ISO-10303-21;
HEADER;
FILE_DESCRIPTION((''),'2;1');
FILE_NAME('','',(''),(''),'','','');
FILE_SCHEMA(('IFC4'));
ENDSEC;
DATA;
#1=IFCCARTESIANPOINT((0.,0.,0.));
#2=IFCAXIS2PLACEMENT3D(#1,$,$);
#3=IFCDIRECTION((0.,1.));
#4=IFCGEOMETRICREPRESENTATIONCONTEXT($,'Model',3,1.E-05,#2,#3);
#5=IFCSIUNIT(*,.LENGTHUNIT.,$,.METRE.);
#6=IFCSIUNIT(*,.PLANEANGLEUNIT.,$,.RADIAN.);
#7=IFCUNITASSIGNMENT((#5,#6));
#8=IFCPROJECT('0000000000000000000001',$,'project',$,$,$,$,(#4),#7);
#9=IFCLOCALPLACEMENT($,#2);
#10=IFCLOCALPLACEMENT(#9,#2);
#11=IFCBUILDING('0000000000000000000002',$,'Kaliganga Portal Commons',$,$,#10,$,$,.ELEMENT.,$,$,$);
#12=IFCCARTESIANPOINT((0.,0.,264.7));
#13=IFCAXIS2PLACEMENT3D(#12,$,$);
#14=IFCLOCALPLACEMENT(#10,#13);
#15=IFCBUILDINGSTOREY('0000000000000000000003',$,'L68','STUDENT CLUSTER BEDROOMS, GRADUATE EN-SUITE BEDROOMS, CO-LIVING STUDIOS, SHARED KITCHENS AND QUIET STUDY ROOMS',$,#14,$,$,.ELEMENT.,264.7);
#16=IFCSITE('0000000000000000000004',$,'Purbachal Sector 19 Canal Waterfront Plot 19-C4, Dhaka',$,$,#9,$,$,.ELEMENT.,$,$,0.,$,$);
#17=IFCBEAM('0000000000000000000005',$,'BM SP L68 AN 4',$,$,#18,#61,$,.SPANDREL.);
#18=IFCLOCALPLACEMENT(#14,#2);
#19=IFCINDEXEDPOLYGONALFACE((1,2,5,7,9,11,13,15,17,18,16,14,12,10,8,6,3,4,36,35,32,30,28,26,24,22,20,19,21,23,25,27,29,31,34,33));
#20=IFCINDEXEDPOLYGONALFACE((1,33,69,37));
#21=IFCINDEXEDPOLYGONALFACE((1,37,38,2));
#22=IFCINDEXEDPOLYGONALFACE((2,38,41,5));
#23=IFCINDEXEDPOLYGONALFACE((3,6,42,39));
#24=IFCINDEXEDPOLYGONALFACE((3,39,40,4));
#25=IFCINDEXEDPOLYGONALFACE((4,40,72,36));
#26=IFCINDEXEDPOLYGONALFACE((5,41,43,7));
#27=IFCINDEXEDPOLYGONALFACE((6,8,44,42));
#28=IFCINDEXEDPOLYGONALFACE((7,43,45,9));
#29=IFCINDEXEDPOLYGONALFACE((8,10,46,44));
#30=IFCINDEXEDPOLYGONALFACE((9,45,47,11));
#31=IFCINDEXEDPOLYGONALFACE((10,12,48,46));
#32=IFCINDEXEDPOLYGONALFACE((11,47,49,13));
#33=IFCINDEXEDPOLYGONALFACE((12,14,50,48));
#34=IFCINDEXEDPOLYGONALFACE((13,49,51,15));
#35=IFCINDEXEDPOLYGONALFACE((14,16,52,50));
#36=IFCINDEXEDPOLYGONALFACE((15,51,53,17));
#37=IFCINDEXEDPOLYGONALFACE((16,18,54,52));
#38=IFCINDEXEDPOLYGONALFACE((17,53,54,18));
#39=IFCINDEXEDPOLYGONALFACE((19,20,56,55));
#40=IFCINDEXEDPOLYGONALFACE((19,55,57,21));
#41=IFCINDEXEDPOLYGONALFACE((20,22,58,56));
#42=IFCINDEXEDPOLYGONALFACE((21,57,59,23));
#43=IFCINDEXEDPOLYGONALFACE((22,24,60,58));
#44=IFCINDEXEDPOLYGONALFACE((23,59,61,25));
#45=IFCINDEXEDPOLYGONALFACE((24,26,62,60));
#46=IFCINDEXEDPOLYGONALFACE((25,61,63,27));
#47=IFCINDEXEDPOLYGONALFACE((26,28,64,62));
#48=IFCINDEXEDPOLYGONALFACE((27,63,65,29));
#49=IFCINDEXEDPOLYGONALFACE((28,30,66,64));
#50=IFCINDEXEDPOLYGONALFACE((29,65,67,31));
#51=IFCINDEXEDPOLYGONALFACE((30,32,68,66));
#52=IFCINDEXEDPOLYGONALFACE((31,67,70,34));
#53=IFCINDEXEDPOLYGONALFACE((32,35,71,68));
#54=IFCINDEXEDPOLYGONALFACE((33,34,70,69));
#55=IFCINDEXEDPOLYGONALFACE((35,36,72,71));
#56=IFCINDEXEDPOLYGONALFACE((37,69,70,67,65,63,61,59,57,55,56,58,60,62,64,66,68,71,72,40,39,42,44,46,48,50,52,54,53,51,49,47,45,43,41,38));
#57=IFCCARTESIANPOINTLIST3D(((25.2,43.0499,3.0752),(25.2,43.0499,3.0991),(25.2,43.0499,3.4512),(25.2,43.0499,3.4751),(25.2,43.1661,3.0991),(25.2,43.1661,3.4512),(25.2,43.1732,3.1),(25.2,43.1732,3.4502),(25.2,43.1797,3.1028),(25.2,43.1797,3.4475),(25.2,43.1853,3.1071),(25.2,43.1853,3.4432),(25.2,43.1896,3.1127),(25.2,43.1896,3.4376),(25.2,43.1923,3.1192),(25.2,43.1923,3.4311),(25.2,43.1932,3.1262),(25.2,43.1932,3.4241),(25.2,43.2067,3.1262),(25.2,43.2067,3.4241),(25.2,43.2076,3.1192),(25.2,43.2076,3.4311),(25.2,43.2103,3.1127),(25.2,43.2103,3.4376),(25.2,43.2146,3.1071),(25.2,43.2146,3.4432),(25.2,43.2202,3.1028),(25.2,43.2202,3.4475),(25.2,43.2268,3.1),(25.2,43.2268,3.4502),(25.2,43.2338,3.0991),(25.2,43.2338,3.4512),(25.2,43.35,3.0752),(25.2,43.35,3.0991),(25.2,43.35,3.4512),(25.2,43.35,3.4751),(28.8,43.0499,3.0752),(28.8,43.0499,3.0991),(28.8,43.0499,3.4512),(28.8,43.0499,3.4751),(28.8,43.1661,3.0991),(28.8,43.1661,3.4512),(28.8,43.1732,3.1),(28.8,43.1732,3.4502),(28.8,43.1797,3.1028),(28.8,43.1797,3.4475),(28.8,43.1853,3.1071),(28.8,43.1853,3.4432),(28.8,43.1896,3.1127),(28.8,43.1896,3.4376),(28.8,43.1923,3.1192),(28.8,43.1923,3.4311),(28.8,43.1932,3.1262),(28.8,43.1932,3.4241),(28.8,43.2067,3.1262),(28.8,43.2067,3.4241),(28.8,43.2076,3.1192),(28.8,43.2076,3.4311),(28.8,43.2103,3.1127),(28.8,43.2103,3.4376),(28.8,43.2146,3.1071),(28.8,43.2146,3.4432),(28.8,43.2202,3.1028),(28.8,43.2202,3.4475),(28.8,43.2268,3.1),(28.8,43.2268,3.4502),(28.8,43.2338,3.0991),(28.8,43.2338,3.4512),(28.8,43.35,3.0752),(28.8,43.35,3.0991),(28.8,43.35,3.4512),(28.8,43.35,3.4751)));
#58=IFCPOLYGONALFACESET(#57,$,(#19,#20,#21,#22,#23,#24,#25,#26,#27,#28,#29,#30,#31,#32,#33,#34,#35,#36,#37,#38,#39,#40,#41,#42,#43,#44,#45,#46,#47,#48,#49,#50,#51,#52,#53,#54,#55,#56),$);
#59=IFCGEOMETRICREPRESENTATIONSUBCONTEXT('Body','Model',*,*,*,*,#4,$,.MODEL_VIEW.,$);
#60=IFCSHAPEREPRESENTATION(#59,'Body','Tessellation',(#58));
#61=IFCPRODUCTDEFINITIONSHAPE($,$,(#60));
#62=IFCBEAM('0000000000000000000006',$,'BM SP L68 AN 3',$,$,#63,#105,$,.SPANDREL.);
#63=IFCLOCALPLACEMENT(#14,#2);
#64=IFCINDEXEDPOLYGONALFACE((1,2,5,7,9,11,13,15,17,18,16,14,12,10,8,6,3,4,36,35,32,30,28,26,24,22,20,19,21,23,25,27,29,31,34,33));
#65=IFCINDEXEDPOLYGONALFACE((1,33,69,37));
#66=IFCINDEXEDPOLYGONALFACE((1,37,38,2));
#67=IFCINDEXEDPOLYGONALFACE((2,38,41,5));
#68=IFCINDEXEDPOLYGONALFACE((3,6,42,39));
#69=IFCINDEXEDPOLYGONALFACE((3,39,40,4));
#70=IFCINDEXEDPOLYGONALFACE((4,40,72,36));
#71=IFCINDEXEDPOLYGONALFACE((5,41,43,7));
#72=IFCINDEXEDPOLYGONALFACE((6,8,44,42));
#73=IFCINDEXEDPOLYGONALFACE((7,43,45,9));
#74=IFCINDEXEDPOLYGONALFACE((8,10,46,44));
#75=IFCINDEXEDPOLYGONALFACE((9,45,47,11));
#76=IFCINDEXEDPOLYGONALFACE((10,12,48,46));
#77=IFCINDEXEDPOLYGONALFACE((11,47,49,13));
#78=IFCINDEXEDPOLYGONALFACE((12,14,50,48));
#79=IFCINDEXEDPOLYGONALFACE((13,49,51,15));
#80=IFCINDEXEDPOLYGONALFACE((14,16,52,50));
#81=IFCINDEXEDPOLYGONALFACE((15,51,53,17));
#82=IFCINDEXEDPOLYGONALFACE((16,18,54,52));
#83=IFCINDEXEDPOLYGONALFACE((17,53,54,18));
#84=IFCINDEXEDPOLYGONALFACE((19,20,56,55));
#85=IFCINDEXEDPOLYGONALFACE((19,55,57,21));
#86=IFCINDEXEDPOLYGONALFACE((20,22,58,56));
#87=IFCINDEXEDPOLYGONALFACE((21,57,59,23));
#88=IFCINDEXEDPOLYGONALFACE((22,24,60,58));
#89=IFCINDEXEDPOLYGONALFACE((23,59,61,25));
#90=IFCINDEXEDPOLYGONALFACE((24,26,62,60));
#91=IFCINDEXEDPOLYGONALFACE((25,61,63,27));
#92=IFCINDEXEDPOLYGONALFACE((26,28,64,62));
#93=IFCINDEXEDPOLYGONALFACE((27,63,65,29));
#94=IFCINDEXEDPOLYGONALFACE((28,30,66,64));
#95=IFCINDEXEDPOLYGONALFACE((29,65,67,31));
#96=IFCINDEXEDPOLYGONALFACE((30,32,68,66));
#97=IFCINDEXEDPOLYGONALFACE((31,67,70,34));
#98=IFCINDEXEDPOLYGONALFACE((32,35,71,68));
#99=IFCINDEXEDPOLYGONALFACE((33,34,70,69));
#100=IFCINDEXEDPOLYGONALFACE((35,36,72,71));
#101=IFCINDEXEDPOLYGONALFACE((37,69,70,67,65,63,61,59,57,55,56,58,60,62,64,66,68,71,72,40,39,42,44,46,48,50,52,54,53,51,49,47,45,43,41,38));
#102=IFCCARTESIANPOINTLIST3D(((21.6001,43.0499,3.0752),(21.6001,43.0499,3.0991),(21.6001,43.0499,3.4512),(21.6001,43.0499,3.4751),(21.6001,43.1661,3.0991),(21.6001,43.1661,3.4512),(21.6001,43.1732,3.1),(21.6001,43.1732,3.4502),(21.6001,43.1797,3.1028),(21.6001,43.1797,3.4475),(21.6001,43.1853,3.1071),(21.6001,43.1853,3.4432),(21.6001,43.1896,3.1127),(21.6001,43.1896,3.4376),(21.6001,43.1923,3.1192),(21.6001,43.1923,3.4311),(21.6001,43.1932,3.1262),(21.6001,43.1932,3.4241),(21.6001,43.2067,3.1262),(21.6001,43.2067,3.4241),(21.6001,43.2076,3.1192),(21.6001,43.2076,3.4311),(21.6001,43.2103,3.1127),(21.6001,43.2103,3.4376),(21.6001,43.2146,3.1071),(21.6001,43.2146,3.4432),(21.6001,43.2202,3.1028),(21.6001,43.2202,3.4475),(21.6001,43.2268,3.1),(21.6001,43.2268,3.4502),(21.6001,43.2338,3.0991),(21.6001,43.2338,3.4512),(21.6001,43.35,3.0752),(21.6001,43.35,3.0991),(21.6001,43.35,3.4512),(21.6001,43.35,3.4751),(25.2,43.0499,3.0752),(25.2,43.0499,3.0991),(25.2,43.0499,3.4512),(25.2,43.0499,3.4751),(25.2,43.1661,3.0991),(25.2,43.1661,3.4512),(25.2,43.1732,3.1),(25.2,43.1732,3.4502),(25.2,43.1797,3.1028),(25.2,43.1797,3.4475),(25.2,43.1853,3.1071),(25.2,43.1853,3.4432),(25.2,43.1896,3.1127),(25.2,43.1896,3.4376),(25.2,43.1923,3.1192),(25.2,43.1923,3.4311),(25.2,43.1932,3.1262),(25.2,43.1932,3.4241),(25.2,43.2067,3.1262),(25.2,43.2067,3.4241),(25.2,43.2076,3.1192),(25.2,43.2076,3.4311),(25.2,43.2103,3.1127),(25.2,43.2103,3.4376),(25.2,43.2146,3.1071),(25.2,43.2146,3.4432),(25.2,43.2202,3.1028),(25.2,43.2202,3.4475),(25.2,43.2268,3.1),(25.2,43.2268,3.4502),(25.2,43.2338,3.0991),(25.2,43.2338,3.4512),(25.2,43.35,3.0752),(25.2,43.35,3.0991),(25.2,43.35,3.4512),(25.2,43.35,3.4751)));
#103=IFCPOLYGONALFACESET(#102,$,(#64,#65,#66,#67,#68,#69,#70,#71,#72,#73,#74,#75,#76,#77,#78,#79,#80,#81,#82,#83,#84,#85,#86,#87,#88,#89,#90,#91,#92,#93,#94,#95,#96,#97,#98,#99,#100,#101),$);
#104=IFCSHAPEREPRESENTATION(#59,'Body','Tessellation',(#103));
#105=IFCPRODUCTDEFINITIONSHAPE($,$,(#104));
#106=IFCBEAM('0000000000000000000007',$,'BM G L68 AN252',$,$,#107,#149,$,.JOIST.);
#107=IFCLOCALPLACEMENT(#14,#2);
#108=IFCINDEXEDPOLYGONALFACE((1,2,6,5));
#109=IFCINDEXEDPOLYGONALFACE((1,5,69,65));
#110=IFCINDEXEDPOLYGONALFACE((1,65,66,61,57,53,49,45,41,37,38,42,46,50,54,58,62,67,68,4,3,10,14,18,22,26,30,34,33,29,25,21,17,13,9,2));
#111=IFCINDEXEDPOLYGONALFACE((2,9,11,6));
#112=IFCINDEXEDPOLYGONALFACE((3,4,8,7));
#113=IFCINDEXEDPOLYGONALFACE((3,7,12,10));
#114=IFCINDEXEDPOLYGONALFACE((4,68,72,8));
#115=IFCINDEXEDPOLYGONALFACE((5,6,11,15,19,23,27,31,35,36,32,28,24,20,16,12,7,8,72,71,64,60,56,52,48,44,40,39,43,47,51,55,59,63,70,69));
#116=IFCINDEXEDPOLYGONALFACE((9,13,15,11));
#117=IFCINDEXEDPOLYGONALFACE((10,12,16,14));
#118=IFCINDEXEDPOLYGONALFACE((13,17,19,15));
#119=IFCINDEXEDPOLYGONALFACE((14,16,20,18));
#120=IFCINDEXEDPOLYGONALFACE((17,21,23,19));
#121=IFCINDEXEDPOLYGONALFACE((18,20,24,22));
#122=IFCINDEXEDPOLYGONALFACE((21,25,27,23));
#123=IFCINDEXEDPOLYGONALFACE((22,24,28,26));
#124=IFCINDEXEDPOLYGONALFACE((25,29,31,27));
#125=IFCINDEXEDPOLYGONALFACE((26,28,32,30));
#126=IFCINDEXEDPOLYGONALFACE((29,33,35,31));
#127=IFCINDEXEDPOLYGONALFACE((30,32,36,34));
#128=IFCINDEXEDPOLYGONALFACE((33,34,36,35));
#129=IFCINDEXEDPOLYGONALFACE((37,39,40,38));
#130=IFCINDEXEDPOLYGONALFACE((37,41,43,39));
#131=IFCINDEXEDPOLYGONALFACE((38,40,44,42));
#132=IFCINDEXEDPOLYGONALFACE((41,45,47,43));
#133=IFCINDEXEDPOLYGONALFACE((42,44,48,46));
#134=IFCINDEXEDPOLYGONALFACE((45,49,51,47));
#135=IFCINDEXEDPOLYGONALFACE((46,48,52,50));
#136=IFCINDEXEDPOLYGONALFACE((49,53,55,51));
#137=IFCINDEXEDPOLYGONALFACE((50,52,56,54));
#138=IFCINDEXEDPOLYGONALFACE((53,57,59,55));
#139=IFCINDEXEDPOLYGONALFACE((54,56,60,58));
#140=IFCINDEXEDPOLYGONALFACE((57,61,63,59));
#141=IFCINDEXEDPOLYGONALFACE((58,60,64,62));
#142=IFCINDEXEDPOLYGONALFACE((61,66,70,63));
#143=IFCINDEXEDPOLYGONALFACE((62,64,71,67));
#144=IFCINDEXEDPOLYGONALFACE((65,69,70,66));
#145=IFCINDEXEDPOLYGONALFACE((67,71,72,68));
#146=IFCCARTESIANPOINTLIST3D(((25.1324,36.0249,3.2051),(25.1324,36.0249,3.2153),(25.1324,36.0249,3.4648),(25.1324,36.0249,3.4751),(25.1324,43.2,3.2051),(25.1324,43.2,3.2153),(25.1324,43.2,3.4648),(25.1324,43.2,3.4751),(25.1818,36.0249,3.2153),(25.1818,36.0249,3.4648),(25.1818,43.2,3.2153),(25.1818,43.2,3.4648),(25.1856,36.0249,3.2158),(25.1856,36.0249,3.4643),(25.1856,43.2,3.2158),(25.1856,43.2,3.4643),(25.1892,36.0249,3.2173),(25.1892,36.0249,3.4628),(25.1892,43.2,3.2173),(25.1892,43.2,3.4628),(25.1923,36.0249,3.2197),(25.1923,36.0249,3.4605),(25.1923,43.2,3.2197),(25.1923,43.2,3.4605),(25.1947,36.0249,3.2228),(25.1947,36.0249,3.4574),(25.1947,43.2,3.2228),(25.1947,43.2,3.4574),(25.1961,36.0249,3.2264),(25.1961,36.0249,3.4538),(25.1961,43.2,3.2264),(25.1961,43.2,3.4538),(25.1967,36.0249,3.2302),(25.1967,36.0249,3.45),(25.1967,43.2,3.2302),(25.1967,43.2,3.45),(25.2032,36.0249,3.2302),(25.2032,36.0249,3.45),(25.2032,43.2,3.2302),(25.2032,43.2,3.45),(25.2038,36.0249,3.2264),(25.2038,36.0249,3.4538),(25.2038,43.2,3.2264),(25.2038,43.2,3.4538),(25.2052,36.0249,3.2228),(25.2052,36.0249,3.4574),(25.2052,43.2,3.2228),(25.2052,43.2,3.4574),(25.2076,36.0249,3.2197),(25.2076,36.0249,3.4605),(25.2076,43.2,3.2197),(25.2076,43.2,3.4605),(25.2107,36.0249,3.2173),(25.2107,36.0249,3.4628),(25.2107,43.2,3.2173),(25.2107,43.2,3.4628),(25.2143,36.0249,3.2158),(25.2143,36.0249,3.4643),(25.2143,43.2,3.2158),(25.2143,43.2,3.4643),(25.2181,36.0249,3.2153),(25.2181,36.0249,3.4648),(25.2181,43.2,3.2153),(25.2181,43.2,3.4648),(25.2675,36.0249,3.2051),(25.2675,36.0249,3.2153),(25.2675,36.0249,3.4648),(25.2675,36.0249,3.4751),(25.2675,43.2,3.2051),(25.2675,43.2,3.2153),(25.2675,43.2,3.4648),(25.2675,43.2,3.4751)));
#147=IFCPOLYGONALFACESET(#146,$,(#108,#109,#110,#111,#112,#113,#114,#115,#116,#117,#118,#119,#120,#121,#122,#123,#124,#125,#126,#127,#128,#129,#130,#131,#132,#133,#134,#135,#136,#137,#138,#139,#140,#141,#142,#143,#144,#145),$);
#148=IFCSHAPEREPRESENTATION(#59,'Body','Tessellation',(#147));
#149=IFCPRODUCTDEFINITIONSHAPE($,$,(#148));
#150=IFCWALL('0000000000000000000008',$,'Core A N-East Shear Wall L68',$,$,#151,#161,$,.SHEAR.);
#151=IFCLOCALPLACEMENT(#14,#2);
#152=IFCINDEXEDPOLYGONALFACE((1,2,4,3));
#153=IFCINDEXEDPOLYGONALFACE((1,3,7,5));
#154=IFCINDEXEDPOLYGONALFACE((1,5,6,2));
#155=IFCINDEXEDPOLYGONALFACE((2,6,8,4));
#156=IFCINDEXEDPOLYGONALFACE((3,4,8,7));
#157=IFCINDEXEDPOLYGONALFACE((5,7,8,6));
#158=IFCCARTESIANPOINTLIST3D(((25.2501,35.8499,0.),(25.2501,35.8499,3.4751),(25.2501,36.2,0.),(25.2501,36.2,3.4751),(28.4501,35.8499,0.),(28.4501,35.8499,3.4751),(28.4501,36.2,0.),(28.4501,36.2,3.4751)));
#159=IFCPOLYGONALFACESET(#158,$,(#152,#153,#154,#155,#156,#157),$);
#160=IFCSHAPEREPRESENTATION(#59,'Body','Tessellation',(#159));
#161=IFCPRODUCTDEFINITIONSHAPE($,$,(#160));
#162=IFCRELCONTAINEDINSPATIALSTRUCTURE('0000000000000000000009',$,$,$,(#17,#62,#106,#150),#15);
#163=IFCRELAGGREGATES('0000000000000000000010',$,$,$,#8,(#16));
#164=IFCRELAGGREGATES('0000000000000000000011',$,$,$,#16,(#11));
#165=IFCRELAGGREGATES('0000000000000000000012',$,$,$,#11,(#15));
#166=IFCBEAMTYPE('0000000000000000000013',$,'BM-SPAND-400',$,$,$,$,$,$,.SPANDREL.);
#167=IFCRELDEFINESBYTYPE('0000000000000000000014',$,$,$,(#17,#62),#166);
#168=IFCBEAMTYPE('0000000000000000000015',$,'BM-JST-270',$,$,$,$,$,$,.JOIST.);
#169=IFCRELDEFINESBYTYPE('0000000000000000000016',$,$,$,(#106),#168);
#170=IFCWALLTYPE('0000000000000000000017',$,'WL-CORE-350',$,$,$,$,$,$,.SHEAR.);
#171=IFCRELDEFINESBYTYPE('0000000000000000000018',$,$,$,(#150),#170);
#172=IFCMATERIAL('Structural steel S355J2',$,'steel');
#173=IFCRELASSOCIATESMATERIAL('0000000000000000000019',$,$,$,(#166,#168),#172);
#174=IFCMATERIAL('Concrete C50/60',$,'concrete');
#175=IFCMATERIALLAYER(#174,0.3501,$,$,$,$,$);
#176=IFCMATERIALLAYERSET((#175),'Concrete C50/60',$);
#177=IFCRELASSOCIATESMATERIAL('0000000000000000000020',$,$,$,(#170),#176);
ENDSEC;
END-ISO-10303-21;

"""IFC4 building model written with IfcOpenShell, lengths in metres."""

from ifc_helpers import new_model, si_unit, direction, frame, frame_2d, origin, origin_2d, place, context, subcontext, project, spatial, rectangle, i_section, extrude, source, transform, mapped, material, layer, layer_set, material_profile, profile_set, type_object, element, save


model = new_model("IFC4")

# Units and contexts
model_context = context("Model", 3, precision=1e-05, world=origin(), true_north=direction((0.0, 1.0)))
body_context = subcontext(model_context, "Body", "Model", "MODEL_VIEW")
ifc_project = project(units=[si_unit("LENGTHUNIT", "METRE"), si_unit("PLANEANGLEUNIT", "RADIAN")], contexts=[model_context])

# Site, building, storey
site_placement = place(None, origin())
site = spatial("IfcSite", under=ifc_project, at=site_placement, Name="Purbachal Sector 19 Canal Waterfront Plot 19-C4, Dhaka", CompositionType="ELEMENT", RefElevation=0.0)
building_placement = place(site_placement, origin())
building = spatial("IfcBuilding", under=site, at=building_placement, Name="Kaliganga Portal Commons", CompositionType="ELEMENT")
storey_placement = place(building_placement, frame((0.0, 0.0, 264.7)))
storey = spatial("IfcBuildingStorey", under=building, at=storey_placement, Name="L68", Description="STUDENT CLUSTER BEDROOMS, GRADUATE EN-SUITE BEDROOMS, CO-LIVING STUDIOS, SHARED KITCHENS AND QUIET STUDY ROOMS", CompositionType="ELEMENT", Elevation=264.7)

# Shared definitions
ifc_material_1 = material(Name="Concrete C50/60", Category="concrete")
ifc_material_2 = material(Name="Structural steel S355J2", Category="steel")

# Beams
ifc_material_profile_1 = material_profile(ifc_material_2, i_section(OverallWidth=0.3, OverallDepth=0.3999, WebThickness=0.0134, FlangeThickness=0.0239, FilletRadius=0.0271, at=origin_2d()), Name="HE 400 B")
ifc_profile_set_1 = profile_set([ifc_material_profile_1], Name="Structural steel S355J2 wide-flange")
beam_type_1 = type_object("IfcBeamType", Name="BM-SPAND-400", PredefinedType="SPANDREL", material=ifc_profile_set_1)
shared_shape_1 = source(origin(), body_context, "Body", "SweptSolid", [
    extrude(i_section(OverallWidth=0.3, OverallDepth=0.3999, WebThickness=0.0134, FlangeThickness=0.0239, FilletRadius=0.0271, at=origin_2d()), origin(), (0.0, 0.0, 1.0), 3.6001),
])
for number, where, z_axis, x_axis, name in (
    (1, (25.2, 43.2, 3.2751), (1.0, 0.0, 0.0), (0.0, 1.0, 0.0), "BM SP L68 AN 4"),
):
    element("IfcBeam", number, at=place(storey_placement, frame(where, z_axis=z_axis, x_axis=x_axis)), inside=storey, type_object=beam_type_1, Name=name, PredefinedType="SPANDREL", context=body_context, shape_type="MappedRepresentation", body=[
        mapped(shared_shape_1, transform((0.0, 0.0, 0.0), x_axis=(1.0, 0.0, 0.0), y_axis=(0.0, 1.0, 0.0), z_axis=(0.0, 0.0, 1.0), scale=1.0)),
    ])
shared_shape_2 = source(origin(), body_context, "Body", "SweptSolid", [
    extrude(i_section(OverallWidth=0.3, OverallDepth=0.3999, WebThickness=0.0134, FlangeThickness=0.0239, FilletRadius=0.0271, at=origin_2d()), origin(), (0.0, 0.0, 1.0), 3.5999),
])
beam_1_placement = place(storey_placement, frame((21.6001, 43.2, 3.2751), z_axis=(1.0, 0.0, 0.0), x_axis=(0.0, 1.0, 0.0)))
element("IfcBeam", 2, at=beam_1_placement, inside=storey, type_object=beam_type_1, Name="BM SP L68 AN 3", PredefinedType="SPANDREL", context=body_context, shape_type="MappedRepresentation", body=[
    mapped(shared_shape_2, transform((0.0, 0.0, 0.0), x_axis=(1.0, 0.0, 0.0), y_axis=(0.0, 1.0, 0.0), z_axis=(0.0, 0.0, 1.0), scale=1.0)),
])
ifc_material_profile_2 = material_profile(ifc_material_2, i_section(OverallWidth=0.135, OverallDepth=0.27, WebThickness=0.0066, FlangeThickness=0.0103, FilletRadius=0.0149, at=origin_2d()), Name="IPE 270")
ifc_profile_set_2 = profile_set([ifc_material_profile_2], Name="Structural steel S355J2 wide-flange")
beam_type_2 = type_object("IfcBeamType", Name="BM-JST-270", PredefinedType="JOIST", material=ifc_profile_set_2)
shared_shape_3 = source(origin(), body_context, "Body", "SweptSolid", [
    extrude(i_section(OverallWidth=0.135, OverallDepth=0.27, WebThickness=0.0066, FlangeThickness=0.0103, FilletRadius=0.0149, at=origin_2d()), origin(), (0.0, 0.0, 1.0), 7.175),
])
beam_2_placement = place(storey_placement, frame((25.2, 36.0249, 3.3401), z_axis=(0.0, 1.0, 0.0), x_axis=(-1.0, 0.0, 0.0)))
element("IfcBeam", 3, at=beam_2_placement, inside=storey, type_object=beam_type_2, Name="BM G L68 AN252", PredefinedType="JOIST", context=body_context, shape_type="MappedRepresentation", body=[
    mapped(shared_shape_3, transform((0.0, 0.0, 0.0), x_axis=(1.0, 0.0, 0.0), y_axis=(0.0, 1.0, 0.0), z_axis=(0.0, 0.0, 1.0), scale=1.0)),
])

# Wall
ifc_layer_1 = layer(ifc_material_1, 0.3501)
ifc_layer_set_1 = layer_set([ifc_layer_1], Name="Concrete C50/60")
wall_type_1 = type_object("IfcWallType", Name="WL-CORE-350", PredefinedType="SHEAR", material=ifc_layer_set_1)
wall_1_placement = place(storey_placement, frame((25.25, 36.0249, 0.0), z_axis=(0.0, 0.0, 1.0), x_axis=(1.0, 0.0, 0.0)))
element("IfcWall", 4, at=wall_1_placement, inside=storey, type_object=wall_type_1, Name="Core A N-East Shear Wall L68", PredefinedType="SHEAR", context=body_context, shape_type="SweptSolid", body=[
    extrude(rectangle(XDim=3.2, YDim=0.3501, at=frame_2d((1.6001, 0.0))), origin(), (0.0, 0.0, 1.0), 3.4751),
])

save(model, "model.ifc")
